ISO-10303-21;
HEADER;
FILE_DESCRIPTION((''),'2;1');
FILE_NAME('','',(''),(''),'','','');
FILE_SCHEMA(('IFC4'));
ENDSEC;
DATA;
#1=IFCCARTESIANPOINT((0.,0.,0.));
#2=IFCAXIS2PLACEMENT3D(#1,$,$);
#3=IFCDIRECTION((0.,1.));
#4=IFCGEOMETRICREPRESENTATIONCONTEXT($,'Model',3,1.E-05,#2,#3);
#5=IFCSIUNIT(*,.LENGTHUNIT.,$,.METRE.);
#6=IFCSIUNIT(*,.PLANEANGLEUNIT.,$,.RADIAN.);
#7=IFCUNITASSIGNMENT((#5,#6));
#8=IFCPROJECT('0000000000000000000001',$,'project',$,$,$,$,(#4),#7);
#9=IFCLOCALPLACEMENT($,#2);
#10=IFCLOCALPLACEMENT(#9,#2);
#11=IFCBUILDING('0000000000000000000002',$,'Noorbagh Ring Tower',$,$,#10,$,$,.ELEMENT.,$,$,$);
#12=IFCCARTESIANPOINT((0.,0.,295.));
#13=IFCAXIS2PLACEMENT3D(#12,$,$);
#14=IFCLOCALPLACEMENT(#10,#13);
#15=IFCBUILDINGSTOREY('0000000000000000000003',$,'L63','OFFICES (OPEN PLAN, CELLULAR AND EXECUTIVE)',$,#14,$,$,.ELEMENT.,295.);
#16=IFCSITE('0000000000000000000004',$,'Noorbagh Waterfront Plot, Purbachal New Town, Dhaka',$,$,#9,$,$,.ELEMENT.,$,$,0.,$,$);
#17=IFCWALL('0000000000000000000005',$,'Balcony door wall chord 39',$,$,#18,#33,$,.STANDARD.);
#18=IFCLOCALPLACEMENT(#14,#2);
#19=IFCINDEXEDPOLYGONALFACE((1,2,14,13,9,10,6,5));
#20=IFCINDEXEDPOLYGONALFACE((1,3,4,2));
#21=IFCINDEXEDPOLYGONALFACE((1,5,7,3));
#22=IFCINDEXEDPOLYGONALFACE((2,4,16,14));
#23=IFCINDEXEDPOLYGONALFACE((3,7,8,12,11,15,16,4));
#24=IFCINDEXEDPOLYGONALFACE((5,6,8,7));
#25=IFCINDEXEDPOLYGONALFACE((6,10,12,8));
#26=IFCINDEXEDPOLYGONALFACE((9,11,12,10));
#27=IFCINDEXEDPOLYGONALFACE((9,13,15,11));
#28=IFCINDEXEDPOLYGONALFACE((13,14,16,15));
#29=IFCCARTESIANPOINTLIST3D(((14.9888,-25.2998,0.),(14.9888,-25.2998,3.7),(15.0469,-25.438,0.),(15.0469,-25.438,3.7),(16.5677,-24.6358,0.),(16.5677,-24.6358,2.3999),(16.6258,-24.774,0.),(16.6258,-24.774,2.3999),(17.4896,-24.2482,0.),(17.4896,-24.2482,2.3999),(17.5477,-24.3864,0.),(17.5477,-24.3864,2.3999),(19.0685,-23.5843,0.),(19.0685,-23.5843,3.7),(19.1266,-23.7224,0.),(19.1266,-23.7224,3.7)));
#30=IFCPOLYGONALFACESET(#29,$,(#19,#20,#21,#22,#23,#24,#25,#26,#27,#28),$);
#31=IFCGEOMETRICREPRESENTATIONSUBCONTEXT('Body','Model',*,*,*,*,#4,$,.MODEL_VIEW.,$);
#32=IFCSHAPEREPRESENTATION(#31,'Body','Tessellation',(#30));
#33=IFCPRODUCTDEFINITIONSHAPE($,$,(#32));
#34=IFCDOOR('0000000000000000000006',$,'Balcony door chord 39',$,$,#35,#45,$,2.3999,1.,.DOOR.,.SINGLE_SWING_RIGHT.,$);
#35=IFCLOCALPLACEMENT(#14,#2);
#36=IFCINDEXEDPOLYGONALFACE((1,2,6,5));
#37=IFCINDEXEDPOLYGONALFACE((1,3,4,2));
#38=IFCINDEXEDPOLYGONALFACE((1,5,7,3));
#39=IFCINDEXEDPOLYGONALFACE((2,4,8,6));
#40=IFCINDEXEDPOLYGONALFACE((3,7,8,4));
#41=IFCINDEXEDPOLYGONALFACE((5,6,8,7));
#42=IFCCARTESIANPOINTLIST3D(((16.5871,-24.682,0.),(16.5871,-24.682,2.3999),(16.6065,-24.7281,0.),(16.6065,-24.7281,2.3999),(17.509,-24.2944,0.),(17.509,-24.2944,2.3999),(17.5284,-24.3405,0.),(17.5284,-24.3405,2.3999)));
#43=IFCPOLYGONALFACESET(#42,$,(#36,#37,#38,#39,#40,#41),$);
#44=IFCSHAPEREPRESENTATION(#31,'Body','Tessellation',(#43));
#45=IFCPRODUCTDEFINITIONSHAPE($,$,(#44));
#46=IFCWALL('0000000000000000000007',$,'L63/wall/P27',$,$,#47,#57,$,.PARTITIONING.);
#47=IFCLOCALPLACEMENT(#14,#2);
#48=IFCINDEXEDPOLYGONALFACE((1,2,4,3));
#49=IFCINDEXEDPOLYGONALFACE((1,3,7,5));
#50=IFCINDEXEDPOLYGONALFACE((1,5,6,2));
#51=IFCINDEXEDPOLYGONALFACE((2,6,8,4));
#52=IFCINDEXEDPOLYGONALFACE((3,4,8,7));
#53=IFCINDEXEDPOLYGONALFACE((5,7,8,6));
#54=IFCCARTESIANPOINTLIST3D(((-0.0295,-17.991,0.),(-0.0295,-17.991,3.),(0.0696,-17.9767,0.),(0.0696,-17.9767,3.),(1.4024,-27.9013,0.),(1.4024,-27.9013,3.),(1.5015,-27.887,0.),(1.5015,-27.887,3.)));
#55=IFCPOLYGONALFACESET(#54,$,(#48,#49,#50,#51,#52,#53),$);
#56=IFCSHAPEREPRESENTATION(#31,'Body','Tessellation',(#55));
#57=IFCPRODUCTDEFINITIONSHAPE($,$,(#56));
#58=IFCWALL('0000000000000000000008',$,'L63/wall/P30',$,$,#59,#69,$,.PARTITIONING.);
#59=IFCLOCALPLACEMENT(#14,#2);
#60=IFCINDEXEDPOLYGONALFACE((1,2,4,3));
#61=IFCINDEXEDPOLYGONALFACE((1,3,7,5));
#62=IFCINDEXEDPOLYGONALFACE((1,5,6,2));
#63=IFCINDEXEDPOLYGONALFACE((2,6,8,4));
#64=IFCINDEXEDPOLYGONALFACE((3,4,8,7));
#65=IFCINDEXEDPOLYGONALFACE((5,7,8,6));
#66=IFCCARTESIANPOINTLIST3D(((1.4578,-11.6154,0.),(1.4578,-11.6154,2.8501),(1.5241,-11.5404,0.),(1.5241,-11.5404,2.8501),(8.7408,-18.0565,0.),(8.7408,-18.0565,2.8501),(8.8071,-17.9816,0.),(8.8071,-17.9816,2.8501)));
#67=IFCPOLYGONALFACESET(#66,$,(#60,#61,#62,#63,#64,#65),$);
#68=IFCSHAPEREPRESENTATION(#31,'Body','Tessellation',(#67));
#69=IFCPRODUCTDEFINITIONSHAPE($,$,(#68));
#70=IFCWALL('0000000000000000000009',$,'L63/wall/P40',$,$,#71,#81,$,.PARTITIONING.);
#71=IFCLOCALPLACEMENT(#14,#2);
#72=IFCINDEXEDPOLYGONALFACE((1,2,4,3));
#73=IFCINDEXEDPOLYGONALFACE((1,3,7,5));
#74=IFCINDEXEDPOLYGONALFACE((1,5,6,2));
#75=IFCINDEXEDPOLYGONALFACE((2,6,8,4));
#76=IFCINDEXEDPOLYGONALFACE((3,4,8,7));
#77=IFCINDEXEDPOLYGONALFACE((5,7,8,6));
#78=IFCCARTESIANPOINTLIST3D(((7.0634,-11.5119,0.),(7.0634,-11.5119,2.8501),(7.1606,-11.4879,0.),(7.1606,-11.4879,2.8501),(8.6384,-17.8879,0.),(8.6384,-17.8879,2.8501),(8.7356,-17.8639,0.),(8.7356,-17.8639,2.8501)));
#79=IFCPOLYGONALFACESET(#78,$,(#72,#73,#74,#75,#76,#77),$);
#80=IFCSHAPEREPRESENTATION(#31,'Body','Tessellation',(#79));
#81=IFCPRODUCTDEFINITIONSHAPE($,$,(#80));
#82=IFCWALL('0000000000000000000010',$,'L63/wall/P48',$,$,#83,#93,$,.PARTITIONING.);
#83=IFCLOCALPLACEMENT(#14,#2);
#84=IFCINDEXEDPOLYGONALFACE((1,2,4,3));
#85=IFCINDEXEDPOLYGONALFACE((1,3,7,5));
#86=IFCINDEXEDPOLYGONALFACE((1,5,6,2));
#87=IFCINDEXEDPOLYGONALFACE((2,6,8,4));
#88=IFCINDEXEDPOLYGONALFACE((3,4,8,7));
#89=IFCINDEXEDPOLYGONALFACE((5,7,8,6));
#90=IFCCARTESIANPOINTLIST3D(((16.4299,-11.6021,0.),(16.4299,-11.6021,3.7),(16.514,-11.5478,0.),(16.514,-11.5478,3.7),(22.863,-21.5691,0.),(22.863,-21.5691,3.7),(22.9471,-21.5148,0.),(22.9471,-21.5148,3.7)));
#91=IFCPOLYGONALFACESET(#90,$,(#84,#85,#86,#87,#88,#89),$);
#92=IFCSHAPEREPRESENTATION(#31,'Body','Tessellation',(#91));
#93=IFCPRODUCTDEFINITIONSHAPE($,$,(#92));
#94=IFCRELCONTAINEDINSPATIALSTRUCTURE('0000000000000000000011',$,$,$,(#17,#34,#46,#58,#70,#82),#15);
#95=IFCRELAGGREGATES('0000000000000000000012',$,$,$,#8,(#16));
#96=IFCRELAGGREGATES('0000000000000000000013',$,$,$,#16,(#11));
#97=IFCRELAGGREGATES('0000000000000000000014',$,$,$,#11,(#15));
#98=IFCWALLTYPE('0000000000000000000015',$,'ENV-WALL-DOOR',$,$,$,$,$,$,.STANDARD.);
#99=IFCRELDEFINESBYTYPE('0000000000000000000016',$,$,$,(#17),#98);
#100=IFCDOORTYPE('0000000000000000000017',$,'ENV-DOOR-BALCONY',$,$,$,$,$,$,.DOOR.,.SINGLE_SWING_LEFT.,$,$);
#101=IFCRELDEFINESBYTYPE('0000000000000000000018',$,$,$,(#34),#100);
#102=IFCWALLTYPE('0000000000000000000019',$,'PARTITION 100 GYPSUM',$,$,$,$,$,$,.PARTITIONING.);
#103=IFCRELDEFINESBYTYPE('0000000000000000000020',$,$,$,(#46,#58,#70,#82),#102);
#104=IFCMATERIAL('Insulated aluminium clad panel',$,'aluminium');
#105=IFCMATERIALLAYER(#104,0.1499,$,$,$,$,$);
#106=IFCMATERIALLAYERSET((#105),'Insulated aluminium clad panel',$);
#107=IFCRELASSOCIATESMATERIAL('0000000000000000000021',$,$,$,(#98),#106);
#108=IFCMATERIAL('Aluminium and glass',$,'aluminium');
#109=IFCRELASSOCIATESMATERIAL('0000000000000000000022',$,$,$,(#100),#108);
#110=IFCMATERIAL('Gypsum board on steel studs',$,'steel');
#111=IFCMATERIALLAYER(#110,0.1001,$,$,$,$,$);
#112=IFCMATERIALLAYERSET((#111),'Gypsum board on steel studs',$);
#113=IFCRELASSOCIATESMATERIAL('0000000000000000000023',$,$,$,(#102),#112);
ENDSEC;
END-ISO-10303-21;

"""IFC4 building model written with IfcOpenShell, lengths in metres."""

from ifc_helpers import new_model, si_unit, direction, frame, frame_2d, origin, place, context, subcontext, project, spatial, rectangle, extrude, material, layer, layer_set, type_object, element, fill, save


model = new_model("IFC4")

# Units and contexts
model_context = context("Model", 3, precision=1e-05, world=origin(), true_north=direction((0.0, 1.0)))
body_context = subcontext(model_context, "Body", "Model", "MODEL_VIEW")
ifc_project = project(units=[si_unit("LENGTHUNIT", "METRE"), si_unit("PLANEANGLEUNIT", "RADIAN")], contexts=[model_context])

# Site, building, storey
site_placement = place(None, origin())
site = spatial("IfcSite", under=ifc_project, at=site_placement, Name="Noorbagh Waterfront Plot, Purbachal New Town, Dhaka", CompositionType="ELEMENT", RefElevation=0.0)
building_placement = place(site_placement, origin())
building = spatial("IfcBuilding", under=site, at=building_placement, Name="Noorbagh Ring Tower", CompositionType="ELEMENT")
storey_placement = place(building_placement, frame((0.0, 0.0, 295.0)))
storey = spatial("IfcBuildingStorey", under=building, at=storey_placement, Name="L63", Description="OFFICES (OPEN PLAN, CELLULAR AND EXECUTIVE)", CompositionType="ELEMENT", Elevation=295.0)

# Wall, opening, door
ifc_material_1 = material(Name="Insulated aluminium clad panel", Category="aluminium")
ifc_layer_1 = layer(ifc_material_1, 0.1499)
ifc_layer_set_1 = layer_set([ifc_layer_1], Name="Insulated aluminium clad panel")
wall_type_1 = type_object("IfcWallType", Name="ENV-WALL-DOOR", PredefinedType="STANDARD", material=ifc_layer_set_1)
wall_1_placement = place(storey_placement, frame((15.0178, -25.3689, 0.0), z_axis=(0.0, 0.0, 1.0), x_axis=(0.921817, 0.387625, 0.0)))
wall_1 = element("IfcWall", 1, at=wall_1_placement, inside=storey, type_object=wall_type_1, Name="Balcony door wall chord 39", PredefinedType="STANDARD", context=body_context, shape_type="SweptSolid", body=[
    extrude(rectangle(XDim=4.4258, YDim=0.1499, at=frame_2d((2.2129, 0.0))), origin(), (0.0, 0.0, 1.0), 3.7),
])
opening_1_placement = place(wall_1_placement, frame((1.7129, 0.0, 0.0)))
opening_1 = element("IfcOpeningElement", 2, at=opening_1_placement, cuts=wall_1, PredefinedType="OPENING", context=body_context, shape_type="SweptSolid", body=[
    extrude(rectangle(XDim=1.0, YDim=2.3999, at=frame_2d((0.5, 1.2))), frame((0.0, 0.085, 0.0), z_axis=(0.0, -1.0, 0.0), x_axis=(1.0, 0.0, 0.0)), (0.0, 0.0, 1.0), 0.1699),
])
ifc_material_2 = material(Name="Aluminium and glass", Category="aluminium")
door_type_1 = type_object("IfcDoorType", Name="ENV-DOOR-BALCONY", OperationType="SINGLE_SWING_LEFT", PredefinedType="DOOR", material=ifc_material_2)
door_1_placement = place(opening_1_placement, origin())
door_1 = element("IfcDoor", 3, at=door_1_placement, inside=storey, type_object=door_type_1, Name="Balcony door chord 39", OperationType="SINGLE_SWING_RIGHT", OverallHeight=2.3999, OverallWidth=1.0, PredefinedType="DOOR", context=body_context, shape_type="SweptSolid", body=[
    extrude(rectangle(XDim=1.0, YDim=2.3999, at=frame_2d((0.5, 1.2))), frame((0.0, 0.0249, 0.0), z_axis=(0.0, -1.0, 0.0), x_axis=(1.0, 0.0, 0.0)), (0.0, 0.0, 1.0), 0.05),
])
fill(opening_1, door_1)

# Walls
ifc_material_3 = material(Name="Gypsum board on steel studs", Category="steel")
ifc_layer_2 = layer(ifc_material_3, 0.1001)
ifc_layer_set_2 = layer_set([ifc_layer_2], Name="Gypsum board on steel studs")
wall_type_2 = type_object("IfcWallType", Name="PARTITION 100 GYPSUM", PredefinedType="PARTITIONING", material=ifc_layer_set_2)
wall_2_placement = place(storey_placement, frame((0.02, -17.9839, 0.0), z_axis=(0.0, 0.0, 1.0), x_axis=(0.143002, -0.989722, 0.0)))
element("IfcWall", 4, at=wall_2_placement, inside=storey, type_object=wall_type_2, Name="L63/wall/P27", PredefinedType="PARTITIONING", context=body_context, shape_type="SweptSolid", body=[
    extrude(rectangle(XDim=10.0132, YDim=0.1001, at=frame_2d((5.0066, 0.0))), origin(), (0.0, 0.0, 1.0), 3.0),
])
wall_3_placement = place(storey_placement, frame((1.491, -11.5779, 0.0), z_axis=(0.0, 0.0, 1.0), x_axis=(0.749071, -0.66249, 0.0)))
element("IfcWall", 5, at=wall_3_placement, inside=storey, type_object=wall_type_2, Name="L63/wall/P30", PredefinedType="PARTITIONING", context=body_context, shape_type="SweptSolid", body=[
    extrude(rectangle(XDim=9.7227, YDim=0.1001, at=frame_2d((4.8613, 0.0))), origin(), (0.0, 0.0, 1.0), 2.8501),
])
wall_4_placement = place(storey_placement, frame((7.1121, -11.5, 0.0), z_axis=(0.0, 0.0, 1.0), x_axis=(0.239806, -0.970821, 0.0)))
element("IfcWall", 6, at=wall_4_placement, inside=storey, type_object=wall_type_2, Name="L63/wall/P40", PredefinedType="PARTITIONING", context=body_context, shape_type="SweptSolid", body=[
    extrude(rectangle(XDim=6.5676, YDim=0.1001, at=frame_2d((3.2837, 0.0))), origin(), (0.0, 0.0, 1.0), 2.8501),
])
wall_5_placement = place(storey_placement, frame((16.4719, -11.575, 0.0), z_axis=(0.0, 0.0, 1.0), x_axis=(0.542291, -0.840191, 0.0)))
element("IfcWall", 7, at=wall_5_placement, inside=storey, type_object=wall_type_2, Name="L63/wall/P48", PredefinedType="PARTITIONING", context=body_context, shape_type="SweptSolid", body=[
    extrude(rectangle(XDim=11.8628, YDim=0.1001, at=frame_2d((5.9314, 0.0))), origin(), (0.0, 0.0, 1.0), 3.7),
])

save(model, "model.ifc")
